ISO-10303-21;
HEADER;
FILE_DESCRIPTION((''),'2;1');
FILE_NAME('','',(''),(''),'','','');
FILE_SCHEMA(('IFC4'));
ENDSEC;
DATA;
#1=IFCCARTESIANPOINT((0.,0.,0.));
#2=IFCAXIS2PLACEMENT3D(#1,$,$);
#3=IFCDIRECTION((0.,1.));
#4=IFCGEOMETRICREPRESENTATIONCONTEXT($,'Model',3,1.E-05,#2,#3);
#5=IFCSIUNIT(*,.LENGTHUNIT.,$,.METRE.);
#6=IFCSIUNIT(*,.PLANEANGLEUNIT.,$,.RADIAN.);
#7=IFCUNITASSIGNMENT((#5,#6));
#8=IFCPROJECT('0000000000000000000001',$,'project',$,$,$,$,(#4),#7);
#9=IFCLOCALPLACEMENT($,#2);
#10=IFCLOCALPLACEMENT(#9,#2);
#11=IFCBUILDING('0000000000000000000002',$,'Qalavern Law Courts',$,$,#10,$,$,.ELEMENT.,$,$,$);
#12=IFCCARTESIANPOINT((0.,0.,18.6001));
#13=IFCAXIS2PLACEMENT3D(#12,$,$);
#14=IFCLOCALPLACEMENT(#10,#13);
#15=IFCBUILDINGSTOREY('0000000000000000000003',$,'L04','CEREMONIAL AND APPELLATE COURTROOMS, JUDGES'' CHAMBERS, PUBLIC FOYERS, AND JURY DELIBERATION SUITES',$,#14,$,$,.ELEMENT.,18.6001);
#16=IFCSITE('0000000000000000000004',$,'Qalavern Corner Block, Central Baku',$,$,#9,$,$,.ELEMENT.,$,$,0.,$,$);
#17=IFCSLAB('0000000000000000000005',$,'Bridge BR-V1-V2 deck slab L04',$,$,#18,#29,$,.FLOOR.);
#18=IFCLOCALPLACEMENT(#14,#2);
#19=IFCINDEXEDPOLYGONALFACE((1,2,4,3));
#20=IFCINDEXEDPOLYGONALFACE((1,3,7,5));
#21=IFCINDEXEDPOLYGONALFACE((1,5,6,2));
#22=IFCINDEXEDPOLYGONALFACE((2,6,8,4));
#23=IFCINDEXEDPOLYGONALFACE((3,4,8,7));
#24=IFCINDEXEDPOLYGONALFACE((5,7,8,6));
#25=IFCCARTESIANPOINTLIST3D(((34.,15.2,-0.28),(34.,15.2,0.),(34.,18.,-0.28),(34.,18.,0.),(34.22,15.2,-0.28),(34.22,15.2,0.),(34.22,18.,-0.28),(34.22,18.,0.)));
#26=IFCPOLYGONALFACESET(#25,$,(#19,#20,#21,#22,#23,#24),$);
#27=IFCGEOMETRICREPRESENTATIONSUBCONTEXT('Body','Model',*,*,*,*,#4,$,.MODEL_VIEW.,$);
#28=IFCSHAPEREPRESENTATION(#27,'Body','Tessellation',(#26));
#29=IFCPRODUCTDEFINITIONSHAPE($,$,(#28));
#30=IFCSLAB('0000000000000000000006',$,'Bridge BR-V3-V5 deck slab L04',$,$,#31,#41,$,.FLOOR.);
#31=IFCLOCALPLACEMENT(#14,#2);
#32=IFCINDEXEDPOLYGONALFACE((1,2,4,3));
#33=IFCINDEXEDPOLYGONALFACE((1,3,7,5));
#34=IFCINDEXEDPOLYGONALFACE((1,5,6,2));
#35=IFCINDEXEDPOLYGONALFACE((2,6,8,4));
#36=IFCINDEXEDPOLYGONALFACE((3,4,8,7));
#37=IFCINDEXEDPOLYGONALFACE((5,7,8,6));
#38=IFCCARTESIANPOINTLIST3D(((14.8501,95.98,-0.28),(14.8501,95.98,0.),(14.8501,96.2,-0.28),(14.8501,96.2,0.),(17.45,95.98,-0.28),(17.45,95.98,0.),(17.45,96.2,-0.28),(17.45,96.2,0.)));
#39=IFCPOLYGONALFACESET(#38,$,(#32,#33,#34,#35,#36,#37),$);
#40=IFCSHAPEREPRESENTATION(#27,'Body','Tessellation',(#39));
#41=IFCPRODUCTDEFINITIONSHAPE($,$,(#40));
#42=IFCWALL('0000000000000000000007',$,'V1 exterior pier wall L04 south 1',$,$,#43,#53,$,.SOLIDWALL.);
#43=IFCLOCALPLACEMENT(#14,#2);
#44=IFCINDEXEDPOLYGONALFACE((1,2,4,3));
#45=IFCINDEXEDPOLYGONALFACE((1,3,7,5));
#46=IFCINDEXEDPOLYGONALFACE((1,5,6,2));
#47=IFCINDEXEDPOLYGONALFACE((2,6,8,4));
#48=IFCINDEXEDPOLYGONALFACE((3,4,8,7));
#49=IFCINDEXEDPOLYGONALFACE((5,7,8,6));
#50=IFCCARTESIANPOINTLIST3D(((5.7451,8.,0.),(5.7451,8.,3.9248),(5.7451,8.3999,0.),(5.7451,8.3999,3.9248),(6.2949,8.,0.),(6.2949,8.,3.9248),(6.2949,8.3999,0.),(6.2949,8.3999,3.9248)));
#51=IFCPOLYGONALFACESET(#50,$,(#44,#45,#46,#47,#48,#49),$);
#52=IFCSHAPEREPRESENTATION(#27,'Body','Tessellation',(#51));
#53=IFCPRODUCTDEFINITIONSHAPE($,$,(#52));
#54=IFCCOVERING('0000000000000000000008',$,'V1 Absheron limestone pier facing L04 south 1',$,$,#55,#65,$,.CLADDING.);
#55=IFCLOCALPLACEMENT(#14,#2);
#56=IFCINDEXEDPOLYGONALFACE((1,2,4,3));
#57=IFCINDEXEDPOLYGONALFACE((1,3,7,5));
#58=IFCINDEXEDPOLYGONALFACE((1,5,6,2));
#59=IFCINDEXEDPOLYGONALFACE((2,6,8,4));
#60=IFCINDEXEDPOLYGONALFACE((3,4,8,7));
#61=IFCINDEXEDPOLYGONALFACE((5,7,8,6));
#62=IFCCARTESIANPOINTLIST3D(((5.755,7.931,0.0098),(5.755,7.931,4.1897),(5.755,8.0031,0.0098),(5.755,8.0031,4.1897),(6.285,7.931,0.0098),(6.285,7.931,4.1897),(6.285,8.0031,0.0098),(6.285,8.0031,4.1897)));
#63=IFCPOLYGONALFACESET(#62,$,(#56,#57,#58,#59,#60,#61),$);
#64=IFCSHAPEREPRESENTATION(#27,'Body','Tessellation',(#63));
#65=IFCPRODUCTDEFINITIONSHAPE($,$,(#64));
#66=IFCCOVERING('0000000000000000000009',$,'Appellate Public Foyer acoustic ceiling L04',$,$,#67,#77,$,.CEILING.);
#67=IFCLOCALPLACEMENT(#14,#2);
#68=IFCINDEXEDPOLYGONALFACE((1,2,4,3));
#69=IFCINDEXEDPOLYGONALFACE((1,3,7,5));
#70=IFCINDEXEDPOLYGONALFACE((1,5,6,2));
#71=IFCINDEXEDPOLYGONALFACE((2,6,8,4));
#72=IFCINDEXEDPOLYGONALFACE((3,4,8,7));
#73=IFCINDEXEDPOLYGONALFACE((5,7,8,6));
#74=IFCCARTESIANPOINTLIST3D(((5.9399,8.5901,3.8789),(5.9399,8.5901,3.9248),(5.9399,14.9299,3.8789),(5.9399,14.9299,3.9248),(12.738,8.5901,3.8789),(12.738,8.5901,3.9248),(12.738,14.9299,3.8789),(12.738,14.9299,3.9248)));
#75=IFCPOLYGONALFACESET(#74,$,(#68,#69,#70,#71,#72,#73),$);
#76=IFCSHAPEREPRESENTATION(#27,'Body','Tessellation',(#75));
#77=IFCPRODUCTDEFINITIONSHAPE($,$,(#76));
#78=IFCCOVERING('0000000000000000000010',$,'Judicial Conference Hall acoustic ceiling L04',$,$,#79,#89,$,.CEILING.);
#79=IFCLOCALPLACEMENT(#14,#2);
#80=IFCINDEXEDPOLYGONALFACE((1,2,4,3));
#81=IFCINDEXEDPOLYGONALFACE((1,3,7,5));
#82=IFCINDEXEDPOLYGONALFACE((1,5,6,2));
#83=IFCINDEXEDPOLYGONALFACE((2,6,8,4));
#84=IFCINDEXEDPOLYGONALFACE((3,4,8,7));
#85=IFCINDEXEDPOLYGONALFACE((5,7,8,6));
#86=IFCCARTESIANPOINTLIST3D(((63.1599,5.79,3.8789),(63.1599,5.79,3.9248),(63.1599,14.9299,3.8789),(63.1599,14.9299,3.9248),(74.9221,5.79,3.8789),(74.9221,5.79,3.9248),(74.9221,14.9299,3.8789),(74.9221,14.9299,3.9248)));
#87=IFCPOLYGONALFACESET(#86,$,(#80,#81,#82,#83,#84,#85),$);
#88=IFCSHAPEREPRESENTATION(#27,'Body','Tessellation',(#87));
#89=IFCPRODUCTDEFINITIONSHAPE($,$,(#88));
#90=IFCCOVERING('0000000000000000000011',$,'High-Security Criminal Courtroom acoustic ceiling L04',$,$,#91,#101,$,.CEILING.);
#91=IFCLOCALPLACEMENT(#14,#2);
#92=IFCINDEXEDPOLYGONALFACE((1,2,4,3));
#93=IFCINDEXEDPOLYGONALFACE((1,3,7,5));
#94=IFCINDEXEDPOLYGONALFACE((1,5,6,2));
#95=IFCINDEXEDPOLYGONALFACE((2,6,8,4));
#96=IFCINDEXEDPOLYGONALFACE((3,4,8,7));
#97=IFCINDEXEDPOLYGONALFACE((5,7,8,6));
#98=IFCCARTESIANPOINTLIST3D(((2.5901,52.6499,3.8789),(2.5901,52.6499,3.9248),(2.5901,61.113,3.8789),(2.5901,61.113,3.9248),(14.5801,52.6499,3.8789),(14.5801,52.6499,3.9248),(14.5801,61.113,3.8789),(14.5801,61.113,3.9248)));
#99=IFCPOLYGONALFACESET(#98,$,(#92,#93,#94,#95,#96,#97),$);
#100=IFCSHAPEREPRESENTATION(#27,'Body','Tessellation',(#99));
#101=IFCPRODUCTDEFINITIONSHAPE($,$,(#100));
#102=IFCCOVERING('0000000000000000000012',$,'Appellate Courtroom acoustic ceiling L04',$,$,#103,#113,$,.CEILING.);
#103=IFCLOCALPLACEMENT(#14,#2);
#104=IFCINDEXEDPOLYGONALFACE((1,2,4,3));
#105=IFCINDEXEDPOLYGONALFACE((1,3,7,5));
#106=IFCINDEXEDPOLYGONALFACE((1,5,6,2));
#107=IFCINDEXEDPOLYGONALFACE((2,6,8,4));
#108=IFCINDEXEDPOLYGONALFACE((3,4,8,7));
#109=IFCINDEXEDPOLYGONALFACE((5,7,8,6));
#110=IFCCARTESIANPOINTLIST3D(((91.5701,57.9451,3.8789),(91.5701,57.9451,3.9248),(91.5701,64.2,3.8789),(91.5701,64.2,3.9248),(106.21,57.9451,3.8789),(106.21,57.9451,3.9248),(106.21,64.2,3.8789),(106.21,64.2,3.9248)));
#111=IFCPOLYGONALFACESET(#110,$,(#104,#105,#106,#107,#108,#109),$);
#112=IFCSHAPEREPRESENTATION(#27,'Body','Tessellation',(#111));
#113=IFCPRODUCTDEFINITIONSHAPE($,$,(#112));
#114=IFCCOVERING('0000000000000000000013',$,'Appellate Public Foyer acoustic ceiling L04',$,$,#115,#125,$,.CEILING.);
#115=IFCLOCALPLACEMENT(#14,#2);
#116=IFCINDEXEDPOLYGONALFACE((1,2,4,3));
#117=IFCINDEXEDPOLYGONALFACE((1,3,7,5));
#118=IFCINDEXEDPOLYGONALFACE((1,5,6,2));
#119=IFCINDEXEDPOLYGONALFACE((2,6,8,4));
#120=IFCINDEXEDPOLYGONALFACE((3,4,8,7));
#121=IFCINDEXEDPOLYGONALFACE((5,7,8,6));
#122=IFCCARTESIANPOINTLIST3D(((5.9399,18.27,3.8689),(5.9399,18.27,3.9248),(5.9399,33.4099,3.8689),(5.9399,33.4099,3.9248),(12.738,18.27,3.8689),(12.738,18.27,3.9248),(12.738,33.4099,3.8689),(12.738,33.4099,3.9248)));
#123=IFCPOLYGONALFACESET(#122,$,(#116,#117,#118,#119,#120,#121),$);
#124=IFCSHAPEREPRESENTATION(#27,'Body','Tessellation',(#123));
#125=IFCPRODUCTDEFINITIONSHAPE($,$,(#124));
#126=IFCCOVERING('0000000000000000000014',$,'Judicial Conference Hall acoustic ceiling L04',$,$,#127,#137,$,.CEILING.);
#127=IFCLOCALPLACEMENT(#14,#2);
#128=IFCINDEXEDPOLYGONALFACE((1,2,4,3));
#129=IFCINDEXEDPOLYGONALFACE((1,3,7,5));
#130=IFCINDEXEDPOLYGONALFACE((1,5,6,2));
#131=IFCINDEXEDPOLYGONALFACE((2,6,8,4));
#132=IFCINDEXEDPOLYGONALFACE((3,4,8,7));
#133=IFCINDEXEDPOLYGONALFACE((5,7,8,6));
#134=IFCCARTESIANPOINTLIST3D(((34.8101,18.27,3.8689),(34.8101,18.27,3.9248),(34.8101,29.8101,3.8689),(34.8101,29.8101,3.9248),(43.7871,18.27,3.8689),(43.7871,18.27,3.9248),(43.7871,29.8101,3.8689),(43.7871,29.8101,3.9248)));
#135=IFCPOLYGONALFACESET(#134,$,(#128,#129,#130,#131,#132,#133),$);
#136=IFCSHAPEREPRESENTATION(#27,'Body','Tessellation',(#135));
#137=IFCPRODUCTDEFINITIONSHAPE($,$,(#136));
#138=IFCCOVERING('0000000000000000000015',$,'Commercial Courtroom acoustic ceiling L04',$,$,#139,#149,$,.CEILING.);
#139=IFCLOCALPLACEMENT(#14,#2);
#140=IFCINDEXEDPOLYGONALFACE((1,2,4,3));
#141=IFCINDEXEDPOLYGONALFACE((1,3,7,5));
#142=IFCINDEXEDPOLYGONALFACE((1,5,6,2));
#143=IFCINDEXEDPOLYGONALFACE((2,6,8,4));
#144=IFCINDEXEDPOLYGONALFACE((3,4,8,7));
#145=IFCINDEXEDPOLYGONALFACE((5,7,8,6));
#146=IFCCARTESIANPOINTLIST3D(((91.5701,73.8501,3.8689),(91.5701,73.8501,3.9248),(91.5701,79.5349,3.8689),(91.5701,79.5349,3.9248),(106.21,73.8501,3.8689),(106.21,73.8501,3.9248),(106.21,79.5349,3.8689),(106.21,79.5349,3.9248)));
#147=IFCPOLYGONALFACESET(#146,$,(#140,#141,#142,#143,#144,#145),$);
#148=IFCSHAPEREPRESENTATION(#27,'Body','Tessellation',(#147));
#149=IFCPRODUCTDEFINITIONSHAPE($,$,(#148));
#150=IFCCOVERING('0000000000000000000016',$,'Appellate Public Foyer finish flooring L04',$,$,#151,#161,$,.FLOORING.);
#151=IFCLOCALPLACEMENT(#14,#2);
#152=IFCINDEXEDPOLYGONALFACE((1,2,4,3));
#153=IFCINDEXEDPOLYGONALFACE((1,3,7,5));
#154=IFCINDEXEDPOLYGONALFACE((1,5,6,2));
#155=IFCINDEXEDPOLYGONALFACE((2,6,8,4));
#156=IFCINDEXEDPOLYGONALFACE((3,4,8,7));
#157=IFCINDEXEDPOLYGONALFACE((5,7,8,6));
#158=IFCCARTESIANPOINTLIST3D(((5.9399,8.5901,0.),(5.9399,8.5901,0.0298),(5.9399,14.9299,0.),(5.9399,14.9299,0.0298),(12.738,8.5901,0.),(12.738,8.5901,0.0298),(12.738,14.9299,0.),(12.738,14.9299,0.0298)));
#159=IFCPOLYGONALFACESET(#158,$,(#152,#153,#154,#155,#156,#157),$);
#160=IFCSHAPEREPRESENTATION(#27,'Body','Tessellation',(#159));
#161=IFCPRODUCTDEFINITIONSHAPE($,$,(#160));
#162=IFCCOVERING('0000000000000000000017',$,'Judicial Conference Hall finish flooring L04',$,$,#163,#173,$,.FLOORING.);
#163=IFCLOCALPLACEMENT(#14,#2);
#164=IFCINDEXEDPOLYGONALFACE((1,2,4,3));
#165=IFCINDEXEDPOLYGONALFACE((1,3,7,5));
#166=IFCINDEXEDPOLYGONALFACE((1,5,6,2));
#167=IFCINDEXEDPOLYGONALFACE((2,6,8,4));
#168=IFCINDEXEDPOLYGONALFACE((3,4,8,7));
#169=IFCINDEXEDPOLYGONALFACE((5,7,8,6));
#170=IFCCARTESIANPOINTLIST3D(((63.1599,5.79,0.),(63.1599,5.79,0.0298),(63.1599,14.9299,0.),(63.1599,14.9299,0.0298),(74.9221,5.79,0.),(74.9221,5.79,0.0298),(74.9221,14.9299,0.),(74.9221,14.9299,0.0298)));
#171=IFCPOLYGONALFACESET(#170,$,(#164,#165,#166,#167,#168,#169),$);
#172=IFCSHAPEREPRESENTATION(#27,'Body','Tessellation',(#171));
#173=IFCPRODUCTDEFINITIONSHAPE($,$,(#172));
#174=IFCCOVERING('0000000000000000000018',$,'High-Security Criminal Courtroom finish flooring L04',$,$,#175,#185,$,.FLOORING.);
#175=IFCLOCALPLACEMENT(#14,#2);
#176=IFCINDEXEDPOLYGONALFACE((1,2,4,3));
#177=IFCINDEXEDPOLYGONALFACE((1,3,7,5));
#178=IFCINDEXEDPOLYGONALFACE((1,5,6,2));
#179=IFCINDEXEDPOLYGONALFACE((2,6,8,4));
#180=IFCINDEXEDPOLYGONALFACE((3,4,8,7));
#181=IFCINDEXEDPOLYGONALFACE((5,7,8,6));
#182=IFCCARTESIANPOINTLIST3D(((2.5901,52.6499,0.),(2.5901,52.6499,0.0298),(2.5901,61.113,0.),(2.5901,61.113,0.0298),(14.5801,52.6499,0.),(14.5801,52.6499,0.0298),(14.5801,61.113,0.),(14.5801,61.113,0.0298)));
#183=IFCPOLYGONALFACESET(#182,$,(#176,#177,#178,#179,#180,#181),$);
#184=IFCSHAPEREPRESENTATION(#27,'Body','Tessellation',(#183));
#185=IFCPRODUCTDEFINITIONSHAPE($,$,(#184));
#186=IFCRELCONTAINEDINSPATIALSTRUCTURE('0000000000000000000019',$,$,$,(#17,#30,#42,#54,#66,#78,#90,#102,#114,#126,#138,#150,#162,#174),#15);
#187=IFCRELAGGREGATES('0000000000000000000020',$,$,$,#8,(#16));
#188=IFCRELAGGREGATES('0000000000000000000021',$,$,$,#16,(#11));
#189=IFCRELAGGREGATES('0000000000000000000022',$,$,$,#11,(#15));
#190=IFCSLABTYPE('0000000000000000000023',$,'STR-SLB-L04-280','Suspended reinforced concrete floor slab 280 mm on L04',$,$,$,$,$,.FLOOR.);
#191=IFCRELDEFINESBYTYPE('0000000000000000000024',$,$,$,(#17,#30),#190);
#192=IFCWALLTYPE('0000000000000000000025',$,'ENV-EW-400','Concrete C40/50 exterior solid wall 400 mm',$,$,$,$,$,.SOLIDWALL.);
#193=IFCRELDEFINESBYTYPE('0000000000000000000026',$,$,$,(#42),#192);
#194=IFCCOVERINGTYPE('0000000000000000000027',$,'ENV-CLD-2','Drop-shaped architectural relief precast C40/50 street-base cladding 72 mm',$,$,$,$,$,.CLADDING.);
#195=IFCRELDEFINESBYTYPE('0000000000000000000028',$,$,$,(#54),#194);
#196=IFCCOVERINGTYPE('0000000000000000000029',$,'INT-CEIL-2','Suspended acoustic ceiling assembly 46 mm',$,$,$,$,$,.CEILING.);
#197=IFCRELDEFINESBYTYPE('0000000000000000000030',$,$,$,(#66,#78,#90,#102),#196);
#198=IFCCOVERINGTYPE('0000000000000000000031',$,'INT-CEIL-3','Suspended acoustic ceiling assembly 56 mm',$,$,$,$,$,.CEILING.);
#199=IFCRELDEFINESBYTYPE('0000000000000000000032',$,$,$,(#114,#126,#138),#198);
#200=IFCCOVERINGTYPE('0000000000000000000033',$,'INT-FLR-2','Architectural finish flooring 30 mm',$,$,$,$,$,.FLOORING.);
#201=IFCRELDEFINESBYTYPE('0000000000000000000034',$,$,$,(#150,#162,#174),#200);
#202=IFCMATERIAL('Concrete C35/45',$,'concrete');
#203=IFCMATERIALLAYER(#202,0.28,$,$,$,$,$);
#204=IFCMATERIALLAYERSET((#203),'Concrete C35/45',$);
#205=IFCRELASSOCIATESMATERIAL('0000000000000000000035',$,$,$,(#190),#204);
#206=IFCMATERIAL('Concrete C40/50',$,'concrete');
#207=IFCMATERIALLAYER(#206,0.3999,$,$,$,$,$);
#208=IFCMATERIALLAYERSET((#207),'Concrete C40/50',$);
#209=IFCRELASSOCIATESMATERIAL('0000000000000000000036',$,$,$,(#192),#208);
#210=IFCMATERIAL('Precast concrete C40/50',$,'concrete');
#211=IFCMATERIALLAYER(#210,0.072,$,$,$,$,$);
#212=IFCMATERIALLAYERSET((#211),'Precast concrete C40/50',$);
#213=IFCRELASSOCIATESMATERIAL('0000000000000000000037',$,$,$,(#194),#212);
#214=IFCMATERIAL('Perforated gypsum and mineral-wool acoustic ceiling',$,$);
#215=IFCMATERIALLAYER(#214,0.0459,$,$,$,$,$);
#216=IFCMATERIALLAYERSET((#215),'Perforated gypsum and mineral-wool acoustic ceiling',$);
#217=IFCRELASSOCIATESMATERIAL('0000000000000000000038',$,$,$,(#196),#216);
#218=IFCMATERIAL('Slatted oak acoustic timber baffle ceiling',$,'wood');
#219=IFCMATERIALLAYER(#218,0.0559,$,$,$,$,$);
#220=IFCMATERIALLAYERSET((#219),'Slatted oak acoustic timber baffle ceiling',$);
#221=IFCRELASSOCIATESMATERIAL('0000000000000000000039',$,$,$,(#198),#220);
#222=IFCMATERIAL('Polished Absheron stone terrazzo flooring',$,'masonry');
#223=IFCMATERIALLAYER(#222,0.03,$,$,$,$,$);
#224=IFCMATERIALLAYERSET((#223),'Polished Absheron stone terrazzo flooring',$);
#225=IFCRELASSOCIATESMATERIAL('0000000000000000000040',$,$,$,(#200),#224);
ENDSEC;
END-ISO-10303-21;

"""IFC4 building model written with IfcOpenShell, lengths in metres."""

from ifc_helpers import new_model, si_unit, direction, frame, frame_2d, origin, origin_2d, place, context, subcontext, project, spatial, polyline, rectangle, outline, extrude, material, layer, layer_set, type_object, element, save


model = new_model("IFC4")

# Units and contexts
model_context = context("Model", 3, precision=1e-05, world=origin(), true_north=direction((0.0, 1.0)))
body_context = subcontext(model_context, "Body", "Model", "MODEL_VIEW")
ifc_project = project(units=[si_unit("LENGTHUNIT", "METRE"), si_unit("PLANEANGLEUNIT", "RADIAN")], contexts=[model_context])

# Site, building, storey
site_placement = place(None, origin())
site = spatial("IfcSite", under=ifc_project, at=site_placement, Name="Qalavern Corner Block, Central Baku", CompositionType="ELEMENT", RefElevation=0.0)
building_placement = place(site_placement, origin())
building = spatial("IfcBuilding", under=site, at=building_placement, Name="Qalavern Law Courts", CompositionType="ELEMENT")
storey_placement = place(building_placement, frame((0.0, 0.0, 18.6001)))
storey = spatial("IfcBuildingStorey", under=building, at=storey_placement, Name="L04", Description="CEREMONIAL AND APPELLATE COURTROOMS, JUDGES' CHAMBERS, PUBLIC FOYERS, AND JURY DELIBERATION SUITES", CompositionType="ELEMENT", Elevation=18.6001)

# Shared definitions
ifc_material_1 = material(Name="Concrete C35/45", Category="concrete")

# Slabs
ifc_layer_1 = layer(ifc_material_1, 0.28)
ifc_layer_set_1 = layer_set([ifc_layer_1], Name="Concrete C35/45")
slab_type_1 = type_object("IfcSlabType", Name="STR-SLB-L04-280", Description="Suspended reinforced concrete floor slab 280 mm on L04", PredefinedType="FLOOR", material=ifc_layer_set_1)
slab_1_placement = place(storey_placement, frame((0.0, 0.0, -0.28)))
element("IfcSlab", 1, at=slab_1_placement, inside=storey, type_object=slab_type_1, Name="Bridge BR-V1-V2 deck slab L04", PredefinedType="FLOOR", context=body_context, shape_type="SweptSolid", body=[
    extrude(outline(polyline([(34.0, 15.2), (34.22, 15.2), (34.22, 18.0), (34.0, 18.0), (34.0, 15.2)])), origin(), (0.0, 0.0, 1.0), 0.28),
])
slab_2_placement = place(storey_placement, frame((0.0, 0.0, -0.28)))
element("IfcSlab", 2, at=slab_2_placement, inside=storey, type_object=slab_type_1, Name="Bridge BR-V3-V5 deck slab L04", PredefinedType="FLOOR", context=body_context, shape_type="SweptSolid", body=[
    extrude(outline(polyline([(14.8501, 95.98), (17.45, 95.98), (17.45, 96.2), (14.8501, 96.2), (14.8501, 95.98)])), origin(), (0.0, 0.0, 1.0), 0.28),
])

# Wall
ifc_material_2 = material(Name="Concrete C40/50", Category="concrete")
ifc_layer_2 = layer(ifc_material_2, 0.3999)
ifc_layer_set_2 = layer_set([ifc_layer_2], Name="Concrete C40/50")
wall_type = type_object("IfcWallType", Name="ENV-EW-400", Description="Concrete C40/50 exterior solid wall 400 mm", PredefinedType="SOLIDWALL", material=ifc_layer_set_2)
wall_placement = place(storey_placement, frame((5.7451, 8.2, 0.0), z_axis=(0.0, 0.0, 1.0), x_axis=(1.0, 0.0, 0.0)))
element("IfcWall", 3, at=wall_placement, inside=storey, type_object=wall_type, Name="V1 exterior pier wall L04 south 1", PredefinedType="SOLIDWALL", context=body_context, shape_type="SweptSolid", body=[
    extrude(rectangle(XDim=0.5498, YDim=0.3999, at=frame_2d((0.2749, 0.0))), origin(), (0.0, 0.0, 1.0), 3.9248),
])

# Coverings
ifc_material_3 = material(Name="Precast concrete C40/50", Category="concrete")
ifc_layer_3 = layer(ifc_material_3, 0.072)
ifc_layer_set_3 = layer_set([ifc_layer_3], Name="Precast concrete C40/50")
covering_type_1 = type_object("IfcCoveringType", Name="ENV-CLD-2", Description="Drop-shaped architectural relief precast C40/50 street-base cladding 72 mm", PredefinedType="CLADDING", material=ifc_layer_set_3)
covering_1_placement = place(storey_placement, frame((6.02, 7.967, 0.0098), z_axis=(0.0, 0.0, 1.0), x_axis=(1.0, 0.0, 0.0)))
element("IfcCovering", 4, at=covering_1_placement, inside=storey, type_object=covering_type_1, Name="V1 Absheron limestone pier facing L04 south 1", PredefinedType="CLADDING", context=body_context, shape_type="SweptSolid", body=[
    extrude(rectangle(XDim=0.53, YDim=0.072, at=origin_2d()), origin(), (0.0, 0.0, 1.0), 4.1799),
])
ifc_material_4 = material(Name="Perforated gypsum and mineral-wool acoustic ceiling")
ifc_layer_4 = layer(ifc_material_4, 0.0459)
ifc_layer_set_4 = layer_set([ifc_layer_4], Name="Perforated gypsum and mineral-wool acoustic ceiling")
covering_type_2 = type_object("IfcCoveringType", Name="INT-CEIL-2", Description="Suspended acoustic ceiling assembly 46 mm", PredefinedType="CEILING", material=ifc_layer_set_4)
covering_2_placement = place(storey_placement, frame((0.0, 0.0, 3.8789)))
element("IfcCovering", 5, at=covering_2_placement, inside=storey, type_object=covering_type_2, Name="Appellate Public Foyer acoustic ceiling L04", PredefinedType="CEILING", context=body_context, shape_type="SweptSolid", body=[
    extrude(outline(polyline([(5.9399, 8.5901), (12.738, 8.5901), (12.738, 14.9299), (5.9399, 14.9299), (5.9399, 8.5901)])), origin(), (0.0, 0.0, 1.0), 0.0459),
])
covering_3_placement = place(storey_placement, frame((0.0, 0.0, 3.8789)))
element("IfcCovering", 6, at=covering_3_placement, inside=storey, type_object=covering_type_2, Name="Judicial Conference Hall acoustic ceiling L04", PredefinedType="CEILING", context=body_context, shape_type="SweptSolid", body=[
    extrude(outline(polyline([(63.1599, 5.79), (74.9221, 5.79), (74.9221, 14.9299), (63.1599, 14.9299), (63.1599, 5.79)])), origin(), (0.0, 0.0, 1.0), 0.0459),
])
covering_4_placement = place(storey_placement, frame((0.0, 0.0, 3.8789)))
element("IfcCovering", 7, at=covering_4_placement, inside=storey, type_object=covering_type_2, Name="High-Security Criminal Courtroom acoustic ceiling L04", PredefinedType="CEILING", context=body_context, shape_type="SweptSolid", body=[
    extrude(outline(polyline([(2.5901, 52.6499), (14.5801, 52.6499), (14.5801, 61.113), (2.5901, 61.113), (2.5901, 52.6499)])), origin(), (0.0, 0.0, 1.0), 0.0459),
])
covering_5_placement = place(storey_placement, frame((0.0, 0.0, 3.8789)))
element("IfcCovering", 8, at=covering_5_placement, inside=storey, type_object=covering_type_2, Name="Appellate Courtroom acoustic ceiling L04", PredefinedType="CEILING", context=body_context, shape_type="SweptSolid", body=[
    extrude(outline(polyline([(91.5701, 57.9451), (106.21, 57.9451), (106.21, 64.2), (91.5701, 64.2), (91.5701, 57.9451)])), origin(), (0.0, 0.0, 1.0), 0.0459),
])
ifc_material_5 = material(Name="Slatted oak acoustic timber baffle ceiling", Category="wood")
ifc_layer_5 = layer(ifc_material_5, 0.0559)
ifc_layer_set_5 = layer_set([ifc_layer_5], Name="Slatted oak acoustic timber baffle ceiling")
covering_type_3 = type_object("IfcCoveringType", Name="INT-CEIL-3", Description="Suspended acoustic ceiling assembly 56 mm", PredefinedType="CEILING", material=ifc_layer_set_5)
covering_6_placement = place(storey_placement, frame((0.0, 0.0, 3.8689)))
element("IfcCovering", 9, at=covering_6_placement, inside=storey, type_object=covering_type_3, Name="Appellate Public Foyer acoustic ceiling L04", PredefinedType="CEILING", context=body_context, shape_type="SweptSolid", body=[
    extrude(outline(polyline([(5.9399, 18.27), (12.738, 18.27), (12.738, 33.4099), (5.9399, 33.4099), (5.9399, 18.27)])), origin(), (0.0, 0.0, 1.0), 0.0559),
])
covering_7_placement = place(storey_placement, frame((0.0, 0.0, 3.8689)))
element("IfcCovering", 10, at=covering_7_placement, inside=storey, type_object=covering_type_3, Name="Judicial Conference Hall acoustic ceiling L04", PredefinedType="CEILING", context=body_context, shape_type="SweptSolid", body=[
    extrude(outline(polyline([(34.8101, 18.27), (43.7871, 18.27), (43.7871, 29.8101), (34.8101, 29.8101), (34.8101, 18.27)])), origin(), (0.0, 0.0, 1.0), 0.0559),
])
covering_8_placement = place(storey_placement, frame((0.0, 0.0, 3.8689)))
element("IfcCovering", 11, at=covering_8_placement, inside=storey, type_object=covering_type_3, Name="Commercial Courtroom acoustic ceiling L04", PredefinedType="CEILING", context=body_context, shape_type="SweptSolid", body=[
    extrude(outline(polyline([(91.5701, 73.8501), (106.21, 73.8501), (106.21, 79.5349), (91.5701, 79.5349), (91.5701, 73.8501)])), origin(), (0.0, 0.0, 1.0), 0.0559),
])
ifc_material_6 = material(Name="Polished Absheron stone terrazzo flooring", Category="masonry")
ifc_layer_6 = layer(ifc_material_6, 0.03)
ifc_layer_set_6 = layer_set([ifc_layer_6], Name="Polished Absheron stone terrazzo flooring")
covering_type_4 = type_object("IfcCoveringType", Name="INT-FLR-2", Description="Architectural finish flooring 30 mm", PredefinedType="FLOORING", material=ifc_layer_set_6)
covering_9_placement = place(storey_placement, origin())
element("IfcCovering", 12, at=covering_9_placement, inside=storey, type_object=covering_type_4, Name="Appellate Public Foyer finish flooring L04", PredefinedType="FLOORING", context=body_context, shape_type="SweptSolid", body=[
    extrude(outline(polyline([(5.9399, 8.5901), (12.738, 8.5901), (12.738, 14.9299), (5.9399, 14.9299), (5.9399, 8.5901)])), origin(), (0.0, 0.0, 1.0), 0.0298),
])
covering_10_placement = place(storey_placement, origin())
element("IfcCovering", 13, at=covering_10_placement, inside=storey, type_object=covering_type_4, Name="Judicial Conference Hall finish flooring L04", PredefinedType="FLOORING", context=body_context, shape_type="SweptSolid", body=[
    extrude(outline(polyline([(63.1599, 5.79), (74.9221, 5.79), (74.9221, 14.9299), (63.1599, 14.9299), (63.1599, 5.79)])), origin(), (0.0, 0.0, 1.0), 0.0298),
])
covering_11_placement = place(storey_placement, origin())
element("IfcCovering", 14, at=covering_11_placement, inside=storey, type_object=covering_type_4, Name="High-Security Criminal Courtroom finish flooring L04", PredefinedType="FLOORING", context=body_context, shape_type="SweptSolid", body=[
    extrude(outline(polyline([(2.5901, 52.6499), (14.5801, 52.6499), (14.5801, 61.113), (2.5901, 61.113), (2.5901, 52.6499)])), origin(), (0.0, 0.0, 1.0), 0.0298),
])

save(model, "model.ifc")
